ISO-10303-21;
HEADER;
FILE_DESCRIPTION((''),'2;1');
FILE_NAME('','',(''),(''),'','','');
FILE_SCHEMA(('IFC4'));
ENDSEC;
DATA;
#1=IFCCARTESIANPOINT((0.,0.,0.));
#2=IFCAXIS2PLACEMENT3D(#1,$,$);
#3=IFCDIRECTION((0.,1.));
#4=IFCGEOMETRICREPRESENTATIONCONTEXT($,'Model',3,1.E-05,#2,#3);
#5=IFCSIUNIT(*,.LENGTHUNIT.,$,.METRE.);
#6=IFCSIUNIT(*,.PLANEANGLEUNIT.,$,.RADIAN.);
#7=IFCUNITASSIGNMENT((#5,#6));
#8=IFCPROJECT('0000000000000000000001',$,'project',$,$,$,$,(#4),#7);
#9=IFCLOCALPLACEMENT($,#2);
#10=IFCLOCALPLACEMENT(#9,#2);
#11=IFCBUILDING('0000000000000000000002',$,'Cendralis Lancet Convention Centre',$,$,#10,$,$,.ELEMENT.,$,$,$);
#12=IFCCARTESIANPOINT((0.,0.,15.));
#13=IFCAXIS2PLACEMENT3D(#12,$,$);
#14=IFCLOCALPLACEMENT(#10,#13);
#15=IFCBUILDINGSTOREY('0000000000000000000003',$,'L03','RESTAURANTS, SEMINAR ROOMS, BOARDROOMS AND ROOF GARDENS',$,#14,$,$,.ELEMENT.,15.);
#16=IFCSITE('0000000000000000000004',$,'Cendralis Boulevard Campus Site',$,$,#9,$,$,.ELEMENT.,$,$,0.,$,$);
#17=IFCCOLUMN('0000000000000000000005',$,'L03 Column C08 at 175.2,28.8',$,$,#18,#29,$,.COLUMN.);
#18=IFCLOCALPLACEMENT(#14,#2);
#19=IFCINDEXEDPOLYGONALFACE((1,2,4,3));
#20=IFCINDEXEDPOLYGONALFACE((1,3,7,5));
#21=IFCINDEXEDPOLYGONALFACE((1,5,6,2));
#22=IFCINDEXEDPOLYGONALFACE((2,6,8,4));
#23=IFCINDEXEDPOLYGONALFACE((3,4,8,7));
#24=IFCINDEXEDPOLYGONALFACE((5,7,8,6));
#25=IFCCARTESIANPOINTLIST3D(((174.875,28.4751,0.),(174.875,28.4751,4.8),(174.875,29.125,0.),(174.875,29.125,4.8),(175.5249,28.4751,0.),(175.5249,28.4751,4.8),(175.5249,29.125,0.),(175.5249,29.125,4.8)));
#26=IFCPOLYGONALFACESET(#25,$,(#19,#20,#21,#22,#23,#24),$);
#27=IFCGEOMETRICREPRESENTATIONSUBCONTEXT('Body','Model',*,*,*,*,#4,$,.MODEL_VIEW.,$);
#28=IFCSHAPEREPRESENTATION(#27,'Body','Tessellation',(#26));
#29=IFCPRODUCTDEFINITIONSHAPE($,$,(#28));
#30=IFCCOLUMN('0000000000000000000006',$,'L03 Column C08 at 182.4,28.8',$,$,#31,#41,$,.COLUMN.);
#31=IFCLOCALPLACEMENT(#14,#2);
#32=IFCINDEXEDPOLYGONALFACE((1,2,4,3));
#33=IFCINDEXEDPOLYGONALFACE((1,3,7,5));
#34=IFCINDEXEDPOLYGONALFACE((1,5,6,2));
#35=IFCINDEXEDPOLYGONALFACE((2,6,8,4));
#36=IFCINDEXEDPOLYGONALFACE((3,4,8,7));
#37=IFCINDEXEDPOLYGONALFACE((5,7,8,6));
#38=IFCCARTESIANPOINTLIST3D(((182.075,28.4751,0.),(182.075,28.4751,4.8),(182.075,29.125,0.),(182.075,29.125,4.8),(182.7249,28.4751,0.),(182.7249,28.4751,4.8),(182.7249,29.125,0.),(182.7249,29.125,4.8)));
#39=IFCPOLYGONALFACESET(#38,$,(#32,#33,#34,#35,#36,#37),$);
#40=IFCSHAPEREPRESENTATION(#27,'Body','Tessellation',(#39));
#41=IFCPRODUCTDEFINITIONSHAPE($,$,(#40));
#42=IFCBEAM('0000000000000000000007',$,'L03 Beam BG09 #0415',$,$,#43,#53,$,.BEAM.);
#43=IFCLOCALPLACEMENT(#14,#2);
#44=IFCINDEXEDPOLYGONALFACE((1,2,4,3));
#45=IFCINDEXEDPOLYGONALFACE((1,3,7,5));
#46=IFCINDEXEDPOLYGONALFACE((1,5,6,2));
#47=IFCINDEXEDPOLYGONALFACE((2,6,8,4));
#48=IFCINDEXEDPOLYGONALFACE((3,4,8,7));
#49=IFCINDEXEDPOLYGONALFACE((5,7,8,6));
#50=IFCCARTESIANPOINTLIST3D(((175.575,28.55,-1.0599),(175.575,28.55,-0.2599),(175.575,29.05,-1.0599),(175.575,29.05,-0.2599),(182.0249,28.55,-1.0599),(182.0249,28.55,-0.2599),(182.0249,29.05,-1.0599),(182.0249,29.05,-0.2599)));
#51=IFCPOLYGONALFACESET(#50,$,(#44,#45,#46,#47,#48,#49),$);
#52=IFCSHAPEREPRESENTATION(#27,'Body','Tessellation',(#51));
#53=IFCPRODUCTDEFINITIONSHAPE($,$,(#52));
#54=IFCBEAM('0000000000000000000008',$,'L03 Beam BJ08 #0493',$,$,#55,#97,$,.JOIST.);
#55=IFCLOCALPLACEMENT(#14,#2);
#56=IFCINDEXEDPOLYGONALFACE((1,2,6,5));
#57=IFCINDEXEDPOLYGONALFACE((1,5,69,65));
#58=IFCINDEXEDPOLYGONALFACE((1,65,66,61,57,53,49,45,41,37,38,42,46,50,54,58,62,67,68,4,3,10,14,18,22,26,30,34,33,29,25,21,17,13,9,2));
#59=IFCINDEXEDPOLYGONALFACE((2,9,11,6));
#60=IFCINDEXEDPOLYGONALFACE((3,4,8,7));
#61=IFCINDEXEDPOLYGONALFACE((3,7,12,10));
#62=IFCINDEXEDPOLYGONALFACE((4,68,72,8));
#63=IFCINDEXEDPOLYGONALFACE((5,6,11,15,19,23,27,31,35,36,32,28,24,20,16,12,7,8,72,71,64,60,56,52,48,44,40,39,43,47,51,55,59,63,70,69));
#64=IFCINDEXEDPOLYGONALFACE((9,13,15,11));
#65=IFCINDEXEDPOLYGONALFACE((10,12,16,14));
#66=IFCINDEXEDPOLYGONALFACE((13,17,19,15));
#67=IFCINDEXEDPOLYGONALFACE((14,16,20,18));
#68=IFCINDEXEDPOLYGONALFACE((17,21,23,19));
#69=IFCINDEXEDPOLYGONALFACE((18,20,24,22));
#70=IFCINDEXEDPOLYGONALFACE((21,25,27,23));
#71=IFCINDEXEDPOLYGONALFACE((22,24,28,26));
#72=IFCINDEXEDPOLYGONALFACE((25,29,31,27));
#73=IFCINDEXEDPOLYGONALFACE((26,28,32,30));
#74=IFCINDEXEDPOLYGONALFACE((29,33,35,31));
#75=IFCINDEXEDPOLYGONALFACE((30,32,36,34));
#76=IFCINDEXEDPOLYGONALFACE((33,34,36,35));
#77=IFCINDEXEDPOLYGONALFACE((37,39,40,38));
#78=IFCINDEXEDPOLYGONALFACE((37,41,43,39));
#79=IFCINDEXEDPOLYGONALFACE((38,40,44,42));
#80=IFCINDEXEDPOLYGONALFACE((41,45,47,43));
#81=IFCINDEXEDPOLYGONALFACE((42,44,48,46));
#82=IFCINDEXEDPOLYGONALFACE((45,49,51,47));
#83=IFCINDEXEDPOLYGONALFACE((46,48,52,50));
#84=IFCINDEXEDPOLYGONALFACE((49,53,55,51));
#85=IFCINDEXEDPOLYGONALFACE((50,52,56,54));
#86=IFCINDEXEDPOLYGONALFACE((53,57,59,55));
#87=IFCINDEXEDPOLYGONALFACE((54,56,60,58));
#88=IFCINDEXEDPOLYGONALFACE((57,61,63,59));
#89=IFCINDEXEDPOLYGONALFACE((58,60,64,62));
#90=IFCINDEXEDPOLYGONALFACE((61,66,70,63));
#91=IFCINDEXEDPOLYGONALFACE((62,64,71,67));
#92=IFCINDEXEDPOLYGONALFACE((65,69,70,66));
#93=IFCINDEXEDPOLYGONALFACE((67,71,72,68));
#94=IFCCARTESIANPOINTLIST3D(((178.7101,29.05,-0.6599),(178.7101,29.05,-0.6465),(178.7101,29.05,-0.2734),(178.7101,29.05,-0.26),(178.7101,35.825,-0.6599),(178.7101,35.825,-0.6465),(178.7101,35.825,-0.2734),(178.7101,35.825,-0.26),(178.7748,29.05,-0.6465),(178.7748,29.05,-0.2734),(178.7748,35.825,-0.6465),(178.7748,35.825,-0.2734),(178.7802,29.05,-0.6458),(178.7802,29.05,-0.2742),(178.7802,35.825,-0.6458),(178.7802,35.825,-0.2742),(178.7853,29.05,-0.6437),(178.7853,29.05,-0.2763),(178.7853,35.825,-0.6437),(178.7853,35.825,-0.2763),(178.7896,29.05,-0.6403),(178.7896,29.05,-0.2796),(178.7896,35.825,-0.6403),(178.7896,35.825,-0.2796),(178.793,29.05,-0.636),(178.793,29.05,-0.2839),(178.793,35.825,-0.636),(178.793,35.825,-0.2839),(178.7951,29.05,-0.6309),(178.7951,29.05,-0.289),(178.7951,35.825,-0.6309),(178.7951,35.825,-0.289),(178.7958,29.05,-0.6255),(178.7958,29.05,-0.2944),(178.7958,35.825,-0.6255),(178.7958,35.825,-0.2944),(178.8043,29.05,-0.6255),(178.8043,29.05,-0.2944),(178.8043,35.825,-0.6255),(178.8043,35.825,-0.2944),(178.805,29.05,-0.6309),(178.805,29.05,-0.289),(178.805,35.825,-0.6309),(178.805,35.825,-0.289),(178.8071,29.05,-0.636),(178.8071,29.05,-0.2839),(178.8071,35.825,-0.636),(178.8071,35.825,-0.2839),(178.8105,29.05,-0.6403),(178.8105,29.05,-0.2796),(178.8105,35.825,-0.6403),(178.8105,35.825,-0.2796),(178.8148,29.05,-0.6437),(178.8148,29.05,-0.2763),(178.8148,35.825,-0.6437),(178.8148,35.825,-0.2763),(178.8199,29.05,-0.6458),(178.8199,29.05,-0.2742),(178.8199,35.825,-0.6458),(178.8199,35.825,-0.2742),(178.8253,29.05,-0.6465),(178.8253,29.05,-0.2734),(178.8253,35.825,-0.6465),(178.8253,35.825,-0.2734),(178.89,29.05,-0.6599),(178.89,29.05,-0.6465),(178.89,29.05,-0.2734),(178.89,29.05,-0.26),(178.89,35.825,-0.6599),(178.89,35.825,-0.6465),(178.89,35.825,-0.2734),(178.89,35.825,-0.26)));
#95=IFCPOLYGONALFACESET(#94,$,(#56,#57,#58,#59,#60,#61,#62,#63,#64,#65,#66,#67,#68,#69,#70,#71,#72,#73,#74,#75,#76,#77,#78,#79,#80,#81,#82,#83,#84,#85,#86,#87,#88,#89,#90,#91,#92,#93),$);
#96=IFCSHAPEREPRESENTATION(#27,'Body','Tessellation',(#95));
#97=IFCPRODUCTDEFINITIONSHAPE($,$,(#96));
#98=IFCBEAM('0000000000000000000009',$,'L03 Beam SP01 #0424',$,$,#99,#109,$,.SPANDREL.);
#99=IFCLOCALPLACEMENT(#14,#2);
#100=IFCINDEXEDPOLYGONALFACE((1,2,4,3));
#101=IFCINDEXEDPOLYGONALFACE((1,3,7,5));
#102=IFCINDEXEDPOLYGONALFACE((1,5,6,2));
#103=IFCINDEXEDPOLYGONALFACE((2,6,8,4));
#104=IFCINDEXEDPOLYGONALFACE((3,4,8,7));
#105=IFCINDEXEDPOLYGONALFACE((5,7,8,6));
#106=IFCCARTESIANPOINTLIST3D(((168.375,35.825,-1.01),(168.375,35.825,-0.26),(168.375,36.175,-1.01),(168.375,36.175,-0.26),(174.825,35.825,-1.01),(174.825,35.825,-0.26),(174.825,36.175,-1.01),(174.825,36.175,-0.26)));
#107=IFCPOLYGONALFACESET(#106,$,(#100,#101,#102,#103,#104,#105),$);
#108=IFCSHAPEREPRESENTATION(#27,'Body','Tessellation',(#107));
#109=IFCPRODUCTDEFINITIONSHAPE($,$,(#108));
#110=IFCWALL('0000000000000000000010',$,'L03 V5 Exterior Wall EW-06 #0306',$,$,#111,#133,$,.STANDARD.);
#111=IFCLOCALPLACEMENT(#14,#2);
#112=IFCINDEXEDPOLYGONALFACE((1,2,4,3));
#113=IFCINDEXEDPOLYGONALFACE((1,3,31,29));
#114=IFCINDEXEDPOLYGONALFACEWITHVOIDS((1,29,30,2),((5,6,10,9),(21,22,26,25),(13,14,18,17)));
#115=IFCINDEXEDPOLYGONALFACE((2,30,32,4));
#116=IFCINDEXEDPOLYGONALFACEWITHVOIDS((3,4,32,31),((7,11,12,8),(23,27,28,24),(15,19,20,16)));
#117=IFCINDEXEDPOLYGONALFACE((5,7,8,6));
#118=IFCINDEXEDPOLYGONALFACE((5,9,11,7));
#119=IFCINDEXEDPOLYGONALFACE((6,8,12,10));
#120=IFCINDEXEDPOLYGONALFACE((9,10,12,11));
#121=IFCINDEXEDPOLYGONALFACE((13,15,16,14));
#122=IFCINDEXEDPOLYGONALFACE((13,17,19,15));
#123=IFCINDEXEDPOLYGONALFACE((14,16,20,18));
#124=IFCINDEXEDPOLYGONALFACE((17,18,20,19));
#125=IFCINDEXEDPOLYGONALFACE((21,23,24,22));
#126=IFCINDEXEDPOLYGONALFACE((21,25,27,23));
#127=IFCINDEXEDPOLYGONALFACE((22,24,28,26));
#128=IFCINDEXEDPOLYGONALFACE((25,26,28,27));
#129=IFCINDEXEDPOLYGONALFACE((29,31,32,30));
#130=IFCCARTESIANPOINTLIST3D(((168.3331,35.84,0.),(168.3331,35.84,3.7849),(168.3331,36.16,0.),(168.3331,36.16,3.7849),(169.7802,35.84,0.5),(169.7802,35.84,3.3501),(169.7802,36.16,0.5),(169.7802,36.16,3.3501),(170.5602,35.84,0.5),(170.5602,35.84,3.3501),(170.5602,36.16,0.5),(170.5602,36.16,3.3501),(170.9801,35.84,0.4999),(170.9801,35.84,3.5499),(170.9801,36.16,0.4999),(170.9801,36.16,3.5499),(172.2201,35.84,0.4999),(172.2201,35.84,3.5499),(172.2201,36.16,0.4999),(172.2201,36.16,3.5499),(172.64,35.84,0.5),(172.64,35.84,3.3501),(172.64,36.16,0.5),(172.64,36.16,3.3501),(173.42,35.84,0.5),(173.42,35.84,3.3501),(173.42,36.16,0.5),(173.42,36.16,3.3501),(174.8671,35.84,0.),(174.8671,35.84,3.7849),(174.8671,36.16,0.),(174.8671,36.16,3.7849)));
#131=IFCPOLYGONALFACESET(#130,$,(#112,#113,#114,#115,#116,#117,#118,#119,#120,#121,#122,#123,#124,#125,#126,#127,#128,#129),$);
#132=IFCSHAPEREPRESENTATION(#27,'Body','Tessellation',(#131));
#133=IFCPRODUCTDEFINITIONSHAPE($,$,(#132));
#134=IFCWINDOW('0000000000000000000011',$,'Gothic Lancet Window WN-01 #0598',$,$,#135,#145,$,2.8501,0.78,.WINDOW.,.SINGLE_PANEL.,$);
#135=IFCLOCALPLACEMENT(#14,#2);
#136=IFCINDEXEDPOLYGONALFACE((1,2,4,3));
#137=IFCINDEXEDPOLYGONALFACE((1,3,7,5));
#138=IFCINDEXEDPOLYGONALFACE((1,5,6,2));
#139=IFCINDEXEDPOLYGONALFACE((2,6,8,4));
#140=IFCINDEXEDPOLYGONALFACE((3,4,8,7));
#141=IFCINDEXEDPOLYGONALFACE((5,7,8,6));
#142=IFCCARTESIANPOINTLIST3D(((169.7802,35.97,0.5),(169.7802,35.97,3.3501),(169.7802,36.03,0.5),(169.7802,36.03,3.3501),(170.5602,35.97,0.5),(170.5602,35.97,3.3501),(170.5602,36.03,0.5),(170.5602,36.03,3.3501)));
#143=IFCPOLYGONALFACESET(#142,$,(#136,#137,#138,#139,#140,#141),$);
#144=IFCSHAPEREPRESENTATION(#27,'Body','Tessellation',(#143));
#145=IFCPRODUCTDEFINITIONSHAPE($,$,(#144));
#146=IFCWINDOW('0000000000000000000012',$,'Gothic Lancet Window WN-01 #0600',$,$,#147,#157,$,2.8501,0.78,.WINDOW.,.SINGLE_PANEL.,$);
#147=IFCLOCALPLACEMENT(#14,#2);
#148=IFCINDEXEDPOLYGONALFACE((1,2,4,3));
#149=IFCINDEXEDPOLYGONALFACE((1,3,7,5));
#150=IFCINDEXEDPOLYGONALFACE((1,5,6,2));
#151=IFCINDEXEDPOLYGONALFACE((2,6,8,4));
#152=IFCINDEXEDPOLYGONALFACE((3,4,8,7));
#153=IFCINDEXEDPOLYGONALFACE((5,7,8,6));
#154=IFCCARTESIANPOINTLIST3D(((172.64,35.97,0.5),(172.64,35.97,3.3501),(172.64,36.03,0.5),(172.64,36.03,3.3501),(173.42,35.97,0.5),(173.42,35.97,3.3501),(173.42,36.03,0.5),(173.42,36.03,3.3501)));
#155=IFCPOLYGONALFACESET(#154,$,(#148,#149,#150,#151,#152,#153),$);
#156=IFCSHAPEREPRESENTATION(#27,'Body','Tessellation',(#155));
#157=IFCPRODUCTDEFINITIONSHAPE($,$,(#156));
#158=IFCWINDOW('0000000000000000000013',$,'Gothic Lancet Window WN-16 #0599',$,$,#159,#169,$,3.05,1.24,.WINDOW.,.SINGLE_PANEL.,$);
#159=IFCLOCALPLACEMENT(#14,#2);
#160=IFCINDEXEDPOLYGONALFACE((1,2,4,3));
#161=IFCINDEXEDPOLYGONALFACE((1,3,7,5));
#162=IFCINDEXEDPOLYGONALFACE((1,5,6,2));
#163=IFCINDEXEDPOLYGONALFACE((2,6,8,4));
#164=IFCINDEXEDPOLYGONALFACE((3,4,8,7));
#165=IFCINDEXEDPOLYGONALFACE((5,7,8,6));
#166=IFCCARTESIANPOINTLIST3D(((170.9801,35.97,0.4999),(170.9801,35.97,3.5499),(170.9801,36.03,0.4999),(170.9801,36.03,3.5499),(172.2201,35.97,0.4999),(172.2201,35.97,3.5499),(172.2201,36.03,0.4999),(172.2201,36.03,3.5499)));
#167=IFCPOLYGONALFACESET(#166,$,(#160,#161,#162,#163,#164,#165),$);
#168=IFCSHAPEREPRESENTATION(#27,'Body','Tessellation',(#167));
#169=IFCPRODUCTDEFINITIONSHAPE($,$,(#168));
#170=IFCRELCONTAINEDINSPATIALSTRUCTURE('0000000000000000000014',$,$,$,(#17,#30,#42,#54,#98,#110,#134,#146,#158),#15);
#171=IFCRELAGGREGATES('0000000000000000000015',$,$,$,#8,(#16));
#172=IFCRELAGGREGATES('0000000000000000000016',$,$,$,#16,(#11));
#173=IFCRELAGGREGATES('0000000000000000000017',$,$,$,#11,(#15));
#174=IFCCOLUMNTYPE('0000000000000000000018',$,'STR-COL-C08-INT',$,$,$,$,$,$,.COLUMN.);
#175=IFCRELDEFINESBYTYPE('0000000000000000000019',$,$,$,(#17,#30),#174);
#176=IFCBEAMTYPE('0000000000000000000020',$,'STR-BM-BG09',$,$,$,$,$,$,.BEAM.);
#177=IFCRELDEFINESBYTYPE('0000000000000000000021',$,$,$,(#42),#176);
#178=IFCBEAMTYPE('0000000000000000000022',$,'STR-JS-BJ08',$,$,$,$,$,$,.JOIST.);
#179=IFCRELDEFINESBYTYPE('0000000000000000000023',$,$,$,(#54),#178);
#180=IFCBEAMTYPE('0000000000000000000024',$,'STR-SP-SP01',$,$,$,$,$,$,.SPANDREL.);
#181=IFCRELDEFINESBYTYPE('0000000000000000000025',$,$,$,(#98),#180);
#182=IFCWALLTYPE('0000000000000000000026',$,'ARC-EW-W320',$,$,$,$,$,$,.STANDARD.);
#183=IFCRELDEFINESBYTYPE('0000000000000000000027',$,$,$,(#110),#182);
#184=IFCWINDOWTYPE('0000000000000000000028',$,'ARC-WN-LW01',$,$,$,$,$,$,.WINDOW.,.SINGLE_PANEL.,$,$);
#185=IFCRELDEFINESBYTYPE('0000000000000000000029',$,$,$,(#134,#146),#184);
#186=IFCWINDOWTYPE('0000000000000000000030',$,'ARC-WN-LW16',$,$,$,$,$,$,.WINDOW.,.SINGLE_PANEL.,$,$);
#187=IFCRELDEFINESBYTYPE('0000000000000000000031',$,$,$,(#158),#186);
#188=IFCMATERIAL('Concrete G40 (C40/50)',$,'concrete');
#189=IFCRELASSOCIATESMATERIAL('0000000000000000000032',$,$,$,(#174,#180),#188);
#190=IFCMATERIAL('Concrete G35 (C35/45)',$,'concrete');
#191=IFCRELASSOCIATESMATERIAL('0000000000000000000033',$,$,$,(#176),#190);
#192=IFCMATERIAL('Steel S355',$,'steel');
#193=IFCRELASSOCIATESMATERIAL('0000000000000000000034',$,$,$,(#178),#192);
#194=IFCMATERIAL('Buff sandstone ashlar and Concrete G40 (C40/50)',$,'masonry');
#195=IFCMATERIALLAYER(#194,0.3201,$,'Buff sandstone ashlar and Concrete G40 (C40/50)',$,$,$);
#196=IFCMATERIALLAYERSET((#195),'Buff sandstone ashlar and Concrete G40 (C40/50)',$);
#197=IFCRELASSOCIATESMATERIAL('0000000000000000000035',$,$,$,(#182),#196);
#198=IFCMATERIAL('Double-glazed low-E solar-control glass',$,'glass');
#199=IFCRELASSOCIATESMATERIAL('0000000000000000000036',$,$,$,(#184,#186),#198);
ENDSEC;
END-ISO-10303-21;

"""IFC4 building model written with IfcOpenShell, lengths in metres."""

from ifc_helpers import new_model, si_unit, direction, frame, frame_2d, origin, origin_2d, place, context, subcontext, project, spatial, rectangle, i_section, extrude, material, layer, layer_set, material_profile, profile_set, type_object, element, fill, save


model = new_model("IFC4")

# Units and contexts
model_context = context("Model", 3, precision=1e-05, world=origin(), true_north=direction((0.0, 1.0)))
body_context = subcontext(model_context, "Body", "Model", "MODEL_VIEW")
ifc_project = project(units=[si_unit("LENGTHUNIT", "METRE"), si_unit("PLANEANGLEUNIT", "RADIAN")], contexts=[model_context])

# Site, building, storey
site_placement = place(None, origin())
site = spatial("IfcSite", under=ifc_project, at=site_placement, Name="Cendralis Boulevard Campus Site", CompositionType="ELEMENT", RefElevation=0.0)
building_placement = place(site_placement, origin())
building = spatial("IfcBuilding", under=site, at=building_placement, Name="Cendralis Lancet Convention Centre", CompositionType="ELEMENT")
storey_placement = place(building_placement, frame((0.0, 0.0, 15.0)))
storey = spatial("IfcBuildingStorey", under=building, at=storey_placement, Name="L03", Description="RESTAURANTS, SEMINAR ROOMS, BOARDROOMS AND ROOF GARDENS", CompositionType="ELEMENT", Elevation=15.0)

# Columns
ifc_material_1 = material(Name="Concrete G40 (C40/50)", Category="concrete")
ifc_material_profile_1 = material_profile(ifc_material_1, rectangle(XDim=0.6499, YDim=0.6499, at=origin_2d()), Name="RC 650x650")
ifc_profile_set_1 = profile_set([ifc_material_profile_1], Name="Concrete G40 (C40/50)")
column_type = type_object("IfcColumnType", Name="STR-COL-C08-INT", PredefinedType="COLUMN", material=ifc_profile_set_1)
for number, where, z_axis, x_axis, name in (
    (1, (175.2, 28.8, 0.0), (0.0, 0.0, 1.0), (1.0, 0.0, 0.0), "L03 Column C08 at 175.2,28.8"),
    (2, (182.3999, 28.8, 0.0), (0.0, 0.0, 1.0), (1.0, 0.0, 0.0), "L03 Column C08 at 182.4,28.8"),
):
    element("IfcColumn", number, at=place(storey_placement, frame(where, z_axis=z_axis, x_axis=x_axis)), inside=storey, type_object=column_type, Name=name, PredefinedType="COLUMN", context=body_context, shape_type="SweptSolid", body=[
        extrude(rectangle(XDim=0.6499, YDim=0.6499, at=origin_2d()), origin(), (0.0, 0.0, 1.0), 4.8),
    ])

# Beams
ifc_material_2 = material(Name="Concrete G35 (C35/45)", Category="concrete")
ifc_material_profile_2 = material_profile(ifc_material_2, rectangle(XDim=0.5, YDim=0.8, at=origin_2d()), Name="RCB 500x800")
ifc_profile_set_2 = profile_set([ifc_material_profile_2], Name="Concrete G35 (C35/45)")
beam_type_1 = type_object("IfcBeamType", Name="STR-BM-BG09", PredefinedType="BEAM", material=ifc_profile_set_2)
beam_1_placement = place(storey_placement, frame((175.575, 28.8, -0.6599), z_axis=(1.0, 0.0, 0.0), x_axis=(0.0, 1.0, 0.0)))
element("IfcBeam", 3, at=beam_1_placement, inside=storey, type_object=beam_type_1, Name="L03 Beam BG09 #0415", PredefinedType="BEAM", context=body_context, shape_type="SweptSolid", body=[
    extrude(rectangle(XDim=0.5, YDim=0.8, at=origin_2d()), origin(), (0.0, 0.0, 1.0), 6.45),
])
ifc_material_3 = material(Name="Steel S355", Category="steel")
ifc_material_profile_3 = material_profile(ifc_material_3, i_section(OverallWidth=0.1799, OverallDepth=0.3999, WebThickness=0.0085, FlangeThickness=0.0134, FilletRadius=0.021, at=origin_2d()), Name="IPE 400")
ifc_profile_set_3 = profile_set([ifc_material_profile_3], Name="Steel S355")
beam_type_2 = type_object("IfcBeamType", Name="STR-JS-BJ08", PredefinedType="JOIST", material=ifc_profile_set_3)
beam_2_placement = place(storey_placement, frame((178.8, 29.05, -0.46), z_axis=(0.0, 1.0, 0.0), x_axis=(-1.0, 0.0, 0.0)))
element("IfcBeam", 4, at=beam_2_placement, inside=storey, type_object=beam_type_2, Name="L03 Beam BJ08 #0493", PredefinedType="JOIST", context=body_context, shape_type="SweptSolid", body=[
    extrude(i_section(OverallWidth=0.1799, OverallDepth=0.3999, WebThickness=0.0085, FlangeThickness=0.0134, FilletRadius=0.021, at=origin_2d()), origin(), (0.0, 0.0, 1.0), 6.7749),
])
ifc_material_profile_4 = material_profile(ifc_material_1, rectangle(XDim=0.3501, YDim=0.75, at=origin_2d()), Name="RCB 350x750")
ifc_profile_set_4 = profile_set([ifc_material_profile_4], Name="Concrete G40 (C40/50)")
beam_type_3 = type_object("IfcBeamType", Name="STR-SP-SP01", PredefinedType="SPANDREL", material=ifc_profile_set_4)
beam_3_placement = place(storey_placement, frame((168.375, 36.0, -0.635), z_axis=(1.0, 0.0, 0.0), x_axis=(0.0, 1.0, 0.0)))
element("IfcBeam", 5, at=beam_3_placement, inside=storey, type_object=beam_type_3, Name="L03 Beam SP01 #0424", PredefinedType="SPANDREL", context=body_context, shape_type="SweptSolid", body=[
    extrude(rectangle(XDim=0.3501, YDim=0.75, at=origin_2d()), origin(), (0.0, 0.0, 1.0), 6.45),
])

# Wall, openings, windows
ifc_material_4 = material(Name="Buff sandstone ashlar and Concrete G40 (C40/50)", Category="masonry")
ifc_layer_1 = layer(ifc_material_4, 0.3201, Name="Buff sandstone ashlar and Concrete G40 (C40/50)")
ifc_layer_set_1 = layer_set([ifc_layer_1], Name="Buff sandstone ashlar and Concrete G40 (C40/50)")
wall_type_1 = type_object("IfcWallType", Name="ARC-EW-W320", PredefinedType="STANDARD", material=ifc_layer_set_1)
wall_1_placement = place(storey_placement, frame((168.333, 36.0, 0.0), z_axis=(0.0, 0.0, 1.0), x_axis=(1.0, 0.0, 0.0)))
wall_1 = element("IfcWall", 6, at=wall_1_placement, inside=storey, type_object=wall_type_1, Name="L03 V5 Exterior Wall EW-06 #0306", PredefinedType="STANDARD", context=body_context, shape_type="SweptSolid", body=[
    extrude(rectangle(XDim=6.5339, YDim=0.3201, at=frame_2d((3.2671, 0.0))), origin(), (0.0, 0.0, 1.0), 3.7849),
])
opening_1_placement = place(wall_1_placement, frame((1.447, 0.0, 0.5)))
opening_1 = element("IfcOpeningElement", 7, at=opening_1_placement, cuts=wall_1, PredefinedType="OPENING", context=body_context, shape_type="SweptSolid", body=[
    extrude(rectangle(XDim=0.78, YDim=2.8501, at=frame_2d((0.3901, 1.425))), frame((0.0, 0.1699, 0.0), z_axis=(0.0, -1.0, 0.0), x_axis=(1.0, 0.0, 0.0)), (0.0, 0.0, 1.0), 0.3401),
])
opening_2_placement = place(wall_1_placement, frame((2.647, 0.0, 0.5)))
opening_2 = element("IfcOpeningElement", 8, at=opening_2_placement, cuts=wall_1, PredefinedType="OPENING", context=body_context, shape_type="SweptSolid", body=[
    extrude(rectangle(XDim=1.24, YDim=3.05, at=frame_2d((0.6201, 1.5249))), frame((0.0, 0.1699, 0.0), z_axis=(0.0, -1.0, 0.0), x_axis=(1.0, 0.0, 0.0)), (0.0, 0.0, 1.0), 0.3401),
])
opening_3_placement = place(wall_1_placement, frame((4.3069, 0.0, 0.5)))
opening_3 = element("IfcOpeningElement", 9, at=opening_3_placement, cuts=wall_1, PredefinedType="OPENING", context=body_context, shape_type="SweptSolid", body=[
    extrude(rectangle(XDim=0.78, YDim=2.8501, at=frame_2d((0.3901, 1.425))), frame((0.0, 0.1699, 0.0), z_axis=(0.0, -1.0, 0.0), x_axis=(1.0, 0.0, 0.0)), (0.0, 0.0, 1.0), 0.3401),
])
ifc_material_5 = material(Name="Double-glazed low-E solar-control glass", Category="glass")
window_type_1 = type_object("IfcWindowType", Name="ARC-WN-LW01", PartitioningType="SINGLE_PANEL", PredefinedType="WINDOW", material=ifc_material_5)
window_1_placement = place(opening_1_placement, origin())
window_1 = element("IfcWindow", 10, at=window_1_placement, inside=storey, type_object=window_type_1, Name="Gothic Lancet Window WN-01 #0598", OverallHeight=2.8501, OverallWidth=0.78, PartitioningType="SINGLE_PANEL", PredefinedType="WINDOW", context=body_context, shape_type="SweptSolid", body=[
    extrude(rectangle(XDim=0.78, YDim=2.8501, at=frame_2d((0.3901, 1.425))), frame((0.0, 0.03, 0.0), z_axis=(0.0, -1.0, 0.0), x_axis=(1.0, 0.0, 0.0)), (0.0, 0.0, 1.0), 0.0601),
])
fill(opening_1, window_1)
window_2_placement = place(opening_3_placement, origin())
window_2 = element("IfcWindow", 11, at=window_2_placement, inside=storey, type_object=window_type_1, Name="Gothic Lancet Window WN-01 #0600", OverallHeight=2.8501, OverallWidth=0.78, PartitioningType="SINGLE_PANEL", PredefinedType="WINDOW", context=body_context, shape_type="SweptSolid", body=[
    extrude(rectangle(XDim=0.78, YDim=2.8501, at=frame_2d((0.3901, 1.425))), frame((0.0, 0.03, 0.0), z_axis=(0.0, -1.0, 0.0), x_axis=(1.0, 0.0, 0.0)), (0.0, 0.0, 1.0), 0.0601),
])
fill(opening_3, window_2)
window_type_2 = type_object("IfcWindowType", Name="ARC-WN-LW16", PartitioningType="SINGLE_PANEL", PredefinedType="WINDOW", material=ifc_material_5)
window_3_placement = place(opening_2_placement, origin())
window_3 = element("IfcWindow", 12, at=window_3_placement, inside=storey, type_object=window_type_2, Name="Gothic Lancet Window WN-16 #0599", OverallHeight=3.05, OverallWidth=1.24, PartitioningType="SINGLE_PANEL", PredefinedType="WINDOW", context=body_context, shape_type="SweptSolid", body=[
    extrude(rectangle(XDim=1.24, YDim=3.05, at=frame_2d((0.6201, 1.5249))), frame((0.0, 0.03, 0.0), z_axis=(0.0, -1.0, 0.0), x_axis=(1.0, 0.0, 0.0)), (0.0, 0.0, 1.0), 0.0601),
])
fill(opening_2, window_3)

save(model, "model.ifc")
